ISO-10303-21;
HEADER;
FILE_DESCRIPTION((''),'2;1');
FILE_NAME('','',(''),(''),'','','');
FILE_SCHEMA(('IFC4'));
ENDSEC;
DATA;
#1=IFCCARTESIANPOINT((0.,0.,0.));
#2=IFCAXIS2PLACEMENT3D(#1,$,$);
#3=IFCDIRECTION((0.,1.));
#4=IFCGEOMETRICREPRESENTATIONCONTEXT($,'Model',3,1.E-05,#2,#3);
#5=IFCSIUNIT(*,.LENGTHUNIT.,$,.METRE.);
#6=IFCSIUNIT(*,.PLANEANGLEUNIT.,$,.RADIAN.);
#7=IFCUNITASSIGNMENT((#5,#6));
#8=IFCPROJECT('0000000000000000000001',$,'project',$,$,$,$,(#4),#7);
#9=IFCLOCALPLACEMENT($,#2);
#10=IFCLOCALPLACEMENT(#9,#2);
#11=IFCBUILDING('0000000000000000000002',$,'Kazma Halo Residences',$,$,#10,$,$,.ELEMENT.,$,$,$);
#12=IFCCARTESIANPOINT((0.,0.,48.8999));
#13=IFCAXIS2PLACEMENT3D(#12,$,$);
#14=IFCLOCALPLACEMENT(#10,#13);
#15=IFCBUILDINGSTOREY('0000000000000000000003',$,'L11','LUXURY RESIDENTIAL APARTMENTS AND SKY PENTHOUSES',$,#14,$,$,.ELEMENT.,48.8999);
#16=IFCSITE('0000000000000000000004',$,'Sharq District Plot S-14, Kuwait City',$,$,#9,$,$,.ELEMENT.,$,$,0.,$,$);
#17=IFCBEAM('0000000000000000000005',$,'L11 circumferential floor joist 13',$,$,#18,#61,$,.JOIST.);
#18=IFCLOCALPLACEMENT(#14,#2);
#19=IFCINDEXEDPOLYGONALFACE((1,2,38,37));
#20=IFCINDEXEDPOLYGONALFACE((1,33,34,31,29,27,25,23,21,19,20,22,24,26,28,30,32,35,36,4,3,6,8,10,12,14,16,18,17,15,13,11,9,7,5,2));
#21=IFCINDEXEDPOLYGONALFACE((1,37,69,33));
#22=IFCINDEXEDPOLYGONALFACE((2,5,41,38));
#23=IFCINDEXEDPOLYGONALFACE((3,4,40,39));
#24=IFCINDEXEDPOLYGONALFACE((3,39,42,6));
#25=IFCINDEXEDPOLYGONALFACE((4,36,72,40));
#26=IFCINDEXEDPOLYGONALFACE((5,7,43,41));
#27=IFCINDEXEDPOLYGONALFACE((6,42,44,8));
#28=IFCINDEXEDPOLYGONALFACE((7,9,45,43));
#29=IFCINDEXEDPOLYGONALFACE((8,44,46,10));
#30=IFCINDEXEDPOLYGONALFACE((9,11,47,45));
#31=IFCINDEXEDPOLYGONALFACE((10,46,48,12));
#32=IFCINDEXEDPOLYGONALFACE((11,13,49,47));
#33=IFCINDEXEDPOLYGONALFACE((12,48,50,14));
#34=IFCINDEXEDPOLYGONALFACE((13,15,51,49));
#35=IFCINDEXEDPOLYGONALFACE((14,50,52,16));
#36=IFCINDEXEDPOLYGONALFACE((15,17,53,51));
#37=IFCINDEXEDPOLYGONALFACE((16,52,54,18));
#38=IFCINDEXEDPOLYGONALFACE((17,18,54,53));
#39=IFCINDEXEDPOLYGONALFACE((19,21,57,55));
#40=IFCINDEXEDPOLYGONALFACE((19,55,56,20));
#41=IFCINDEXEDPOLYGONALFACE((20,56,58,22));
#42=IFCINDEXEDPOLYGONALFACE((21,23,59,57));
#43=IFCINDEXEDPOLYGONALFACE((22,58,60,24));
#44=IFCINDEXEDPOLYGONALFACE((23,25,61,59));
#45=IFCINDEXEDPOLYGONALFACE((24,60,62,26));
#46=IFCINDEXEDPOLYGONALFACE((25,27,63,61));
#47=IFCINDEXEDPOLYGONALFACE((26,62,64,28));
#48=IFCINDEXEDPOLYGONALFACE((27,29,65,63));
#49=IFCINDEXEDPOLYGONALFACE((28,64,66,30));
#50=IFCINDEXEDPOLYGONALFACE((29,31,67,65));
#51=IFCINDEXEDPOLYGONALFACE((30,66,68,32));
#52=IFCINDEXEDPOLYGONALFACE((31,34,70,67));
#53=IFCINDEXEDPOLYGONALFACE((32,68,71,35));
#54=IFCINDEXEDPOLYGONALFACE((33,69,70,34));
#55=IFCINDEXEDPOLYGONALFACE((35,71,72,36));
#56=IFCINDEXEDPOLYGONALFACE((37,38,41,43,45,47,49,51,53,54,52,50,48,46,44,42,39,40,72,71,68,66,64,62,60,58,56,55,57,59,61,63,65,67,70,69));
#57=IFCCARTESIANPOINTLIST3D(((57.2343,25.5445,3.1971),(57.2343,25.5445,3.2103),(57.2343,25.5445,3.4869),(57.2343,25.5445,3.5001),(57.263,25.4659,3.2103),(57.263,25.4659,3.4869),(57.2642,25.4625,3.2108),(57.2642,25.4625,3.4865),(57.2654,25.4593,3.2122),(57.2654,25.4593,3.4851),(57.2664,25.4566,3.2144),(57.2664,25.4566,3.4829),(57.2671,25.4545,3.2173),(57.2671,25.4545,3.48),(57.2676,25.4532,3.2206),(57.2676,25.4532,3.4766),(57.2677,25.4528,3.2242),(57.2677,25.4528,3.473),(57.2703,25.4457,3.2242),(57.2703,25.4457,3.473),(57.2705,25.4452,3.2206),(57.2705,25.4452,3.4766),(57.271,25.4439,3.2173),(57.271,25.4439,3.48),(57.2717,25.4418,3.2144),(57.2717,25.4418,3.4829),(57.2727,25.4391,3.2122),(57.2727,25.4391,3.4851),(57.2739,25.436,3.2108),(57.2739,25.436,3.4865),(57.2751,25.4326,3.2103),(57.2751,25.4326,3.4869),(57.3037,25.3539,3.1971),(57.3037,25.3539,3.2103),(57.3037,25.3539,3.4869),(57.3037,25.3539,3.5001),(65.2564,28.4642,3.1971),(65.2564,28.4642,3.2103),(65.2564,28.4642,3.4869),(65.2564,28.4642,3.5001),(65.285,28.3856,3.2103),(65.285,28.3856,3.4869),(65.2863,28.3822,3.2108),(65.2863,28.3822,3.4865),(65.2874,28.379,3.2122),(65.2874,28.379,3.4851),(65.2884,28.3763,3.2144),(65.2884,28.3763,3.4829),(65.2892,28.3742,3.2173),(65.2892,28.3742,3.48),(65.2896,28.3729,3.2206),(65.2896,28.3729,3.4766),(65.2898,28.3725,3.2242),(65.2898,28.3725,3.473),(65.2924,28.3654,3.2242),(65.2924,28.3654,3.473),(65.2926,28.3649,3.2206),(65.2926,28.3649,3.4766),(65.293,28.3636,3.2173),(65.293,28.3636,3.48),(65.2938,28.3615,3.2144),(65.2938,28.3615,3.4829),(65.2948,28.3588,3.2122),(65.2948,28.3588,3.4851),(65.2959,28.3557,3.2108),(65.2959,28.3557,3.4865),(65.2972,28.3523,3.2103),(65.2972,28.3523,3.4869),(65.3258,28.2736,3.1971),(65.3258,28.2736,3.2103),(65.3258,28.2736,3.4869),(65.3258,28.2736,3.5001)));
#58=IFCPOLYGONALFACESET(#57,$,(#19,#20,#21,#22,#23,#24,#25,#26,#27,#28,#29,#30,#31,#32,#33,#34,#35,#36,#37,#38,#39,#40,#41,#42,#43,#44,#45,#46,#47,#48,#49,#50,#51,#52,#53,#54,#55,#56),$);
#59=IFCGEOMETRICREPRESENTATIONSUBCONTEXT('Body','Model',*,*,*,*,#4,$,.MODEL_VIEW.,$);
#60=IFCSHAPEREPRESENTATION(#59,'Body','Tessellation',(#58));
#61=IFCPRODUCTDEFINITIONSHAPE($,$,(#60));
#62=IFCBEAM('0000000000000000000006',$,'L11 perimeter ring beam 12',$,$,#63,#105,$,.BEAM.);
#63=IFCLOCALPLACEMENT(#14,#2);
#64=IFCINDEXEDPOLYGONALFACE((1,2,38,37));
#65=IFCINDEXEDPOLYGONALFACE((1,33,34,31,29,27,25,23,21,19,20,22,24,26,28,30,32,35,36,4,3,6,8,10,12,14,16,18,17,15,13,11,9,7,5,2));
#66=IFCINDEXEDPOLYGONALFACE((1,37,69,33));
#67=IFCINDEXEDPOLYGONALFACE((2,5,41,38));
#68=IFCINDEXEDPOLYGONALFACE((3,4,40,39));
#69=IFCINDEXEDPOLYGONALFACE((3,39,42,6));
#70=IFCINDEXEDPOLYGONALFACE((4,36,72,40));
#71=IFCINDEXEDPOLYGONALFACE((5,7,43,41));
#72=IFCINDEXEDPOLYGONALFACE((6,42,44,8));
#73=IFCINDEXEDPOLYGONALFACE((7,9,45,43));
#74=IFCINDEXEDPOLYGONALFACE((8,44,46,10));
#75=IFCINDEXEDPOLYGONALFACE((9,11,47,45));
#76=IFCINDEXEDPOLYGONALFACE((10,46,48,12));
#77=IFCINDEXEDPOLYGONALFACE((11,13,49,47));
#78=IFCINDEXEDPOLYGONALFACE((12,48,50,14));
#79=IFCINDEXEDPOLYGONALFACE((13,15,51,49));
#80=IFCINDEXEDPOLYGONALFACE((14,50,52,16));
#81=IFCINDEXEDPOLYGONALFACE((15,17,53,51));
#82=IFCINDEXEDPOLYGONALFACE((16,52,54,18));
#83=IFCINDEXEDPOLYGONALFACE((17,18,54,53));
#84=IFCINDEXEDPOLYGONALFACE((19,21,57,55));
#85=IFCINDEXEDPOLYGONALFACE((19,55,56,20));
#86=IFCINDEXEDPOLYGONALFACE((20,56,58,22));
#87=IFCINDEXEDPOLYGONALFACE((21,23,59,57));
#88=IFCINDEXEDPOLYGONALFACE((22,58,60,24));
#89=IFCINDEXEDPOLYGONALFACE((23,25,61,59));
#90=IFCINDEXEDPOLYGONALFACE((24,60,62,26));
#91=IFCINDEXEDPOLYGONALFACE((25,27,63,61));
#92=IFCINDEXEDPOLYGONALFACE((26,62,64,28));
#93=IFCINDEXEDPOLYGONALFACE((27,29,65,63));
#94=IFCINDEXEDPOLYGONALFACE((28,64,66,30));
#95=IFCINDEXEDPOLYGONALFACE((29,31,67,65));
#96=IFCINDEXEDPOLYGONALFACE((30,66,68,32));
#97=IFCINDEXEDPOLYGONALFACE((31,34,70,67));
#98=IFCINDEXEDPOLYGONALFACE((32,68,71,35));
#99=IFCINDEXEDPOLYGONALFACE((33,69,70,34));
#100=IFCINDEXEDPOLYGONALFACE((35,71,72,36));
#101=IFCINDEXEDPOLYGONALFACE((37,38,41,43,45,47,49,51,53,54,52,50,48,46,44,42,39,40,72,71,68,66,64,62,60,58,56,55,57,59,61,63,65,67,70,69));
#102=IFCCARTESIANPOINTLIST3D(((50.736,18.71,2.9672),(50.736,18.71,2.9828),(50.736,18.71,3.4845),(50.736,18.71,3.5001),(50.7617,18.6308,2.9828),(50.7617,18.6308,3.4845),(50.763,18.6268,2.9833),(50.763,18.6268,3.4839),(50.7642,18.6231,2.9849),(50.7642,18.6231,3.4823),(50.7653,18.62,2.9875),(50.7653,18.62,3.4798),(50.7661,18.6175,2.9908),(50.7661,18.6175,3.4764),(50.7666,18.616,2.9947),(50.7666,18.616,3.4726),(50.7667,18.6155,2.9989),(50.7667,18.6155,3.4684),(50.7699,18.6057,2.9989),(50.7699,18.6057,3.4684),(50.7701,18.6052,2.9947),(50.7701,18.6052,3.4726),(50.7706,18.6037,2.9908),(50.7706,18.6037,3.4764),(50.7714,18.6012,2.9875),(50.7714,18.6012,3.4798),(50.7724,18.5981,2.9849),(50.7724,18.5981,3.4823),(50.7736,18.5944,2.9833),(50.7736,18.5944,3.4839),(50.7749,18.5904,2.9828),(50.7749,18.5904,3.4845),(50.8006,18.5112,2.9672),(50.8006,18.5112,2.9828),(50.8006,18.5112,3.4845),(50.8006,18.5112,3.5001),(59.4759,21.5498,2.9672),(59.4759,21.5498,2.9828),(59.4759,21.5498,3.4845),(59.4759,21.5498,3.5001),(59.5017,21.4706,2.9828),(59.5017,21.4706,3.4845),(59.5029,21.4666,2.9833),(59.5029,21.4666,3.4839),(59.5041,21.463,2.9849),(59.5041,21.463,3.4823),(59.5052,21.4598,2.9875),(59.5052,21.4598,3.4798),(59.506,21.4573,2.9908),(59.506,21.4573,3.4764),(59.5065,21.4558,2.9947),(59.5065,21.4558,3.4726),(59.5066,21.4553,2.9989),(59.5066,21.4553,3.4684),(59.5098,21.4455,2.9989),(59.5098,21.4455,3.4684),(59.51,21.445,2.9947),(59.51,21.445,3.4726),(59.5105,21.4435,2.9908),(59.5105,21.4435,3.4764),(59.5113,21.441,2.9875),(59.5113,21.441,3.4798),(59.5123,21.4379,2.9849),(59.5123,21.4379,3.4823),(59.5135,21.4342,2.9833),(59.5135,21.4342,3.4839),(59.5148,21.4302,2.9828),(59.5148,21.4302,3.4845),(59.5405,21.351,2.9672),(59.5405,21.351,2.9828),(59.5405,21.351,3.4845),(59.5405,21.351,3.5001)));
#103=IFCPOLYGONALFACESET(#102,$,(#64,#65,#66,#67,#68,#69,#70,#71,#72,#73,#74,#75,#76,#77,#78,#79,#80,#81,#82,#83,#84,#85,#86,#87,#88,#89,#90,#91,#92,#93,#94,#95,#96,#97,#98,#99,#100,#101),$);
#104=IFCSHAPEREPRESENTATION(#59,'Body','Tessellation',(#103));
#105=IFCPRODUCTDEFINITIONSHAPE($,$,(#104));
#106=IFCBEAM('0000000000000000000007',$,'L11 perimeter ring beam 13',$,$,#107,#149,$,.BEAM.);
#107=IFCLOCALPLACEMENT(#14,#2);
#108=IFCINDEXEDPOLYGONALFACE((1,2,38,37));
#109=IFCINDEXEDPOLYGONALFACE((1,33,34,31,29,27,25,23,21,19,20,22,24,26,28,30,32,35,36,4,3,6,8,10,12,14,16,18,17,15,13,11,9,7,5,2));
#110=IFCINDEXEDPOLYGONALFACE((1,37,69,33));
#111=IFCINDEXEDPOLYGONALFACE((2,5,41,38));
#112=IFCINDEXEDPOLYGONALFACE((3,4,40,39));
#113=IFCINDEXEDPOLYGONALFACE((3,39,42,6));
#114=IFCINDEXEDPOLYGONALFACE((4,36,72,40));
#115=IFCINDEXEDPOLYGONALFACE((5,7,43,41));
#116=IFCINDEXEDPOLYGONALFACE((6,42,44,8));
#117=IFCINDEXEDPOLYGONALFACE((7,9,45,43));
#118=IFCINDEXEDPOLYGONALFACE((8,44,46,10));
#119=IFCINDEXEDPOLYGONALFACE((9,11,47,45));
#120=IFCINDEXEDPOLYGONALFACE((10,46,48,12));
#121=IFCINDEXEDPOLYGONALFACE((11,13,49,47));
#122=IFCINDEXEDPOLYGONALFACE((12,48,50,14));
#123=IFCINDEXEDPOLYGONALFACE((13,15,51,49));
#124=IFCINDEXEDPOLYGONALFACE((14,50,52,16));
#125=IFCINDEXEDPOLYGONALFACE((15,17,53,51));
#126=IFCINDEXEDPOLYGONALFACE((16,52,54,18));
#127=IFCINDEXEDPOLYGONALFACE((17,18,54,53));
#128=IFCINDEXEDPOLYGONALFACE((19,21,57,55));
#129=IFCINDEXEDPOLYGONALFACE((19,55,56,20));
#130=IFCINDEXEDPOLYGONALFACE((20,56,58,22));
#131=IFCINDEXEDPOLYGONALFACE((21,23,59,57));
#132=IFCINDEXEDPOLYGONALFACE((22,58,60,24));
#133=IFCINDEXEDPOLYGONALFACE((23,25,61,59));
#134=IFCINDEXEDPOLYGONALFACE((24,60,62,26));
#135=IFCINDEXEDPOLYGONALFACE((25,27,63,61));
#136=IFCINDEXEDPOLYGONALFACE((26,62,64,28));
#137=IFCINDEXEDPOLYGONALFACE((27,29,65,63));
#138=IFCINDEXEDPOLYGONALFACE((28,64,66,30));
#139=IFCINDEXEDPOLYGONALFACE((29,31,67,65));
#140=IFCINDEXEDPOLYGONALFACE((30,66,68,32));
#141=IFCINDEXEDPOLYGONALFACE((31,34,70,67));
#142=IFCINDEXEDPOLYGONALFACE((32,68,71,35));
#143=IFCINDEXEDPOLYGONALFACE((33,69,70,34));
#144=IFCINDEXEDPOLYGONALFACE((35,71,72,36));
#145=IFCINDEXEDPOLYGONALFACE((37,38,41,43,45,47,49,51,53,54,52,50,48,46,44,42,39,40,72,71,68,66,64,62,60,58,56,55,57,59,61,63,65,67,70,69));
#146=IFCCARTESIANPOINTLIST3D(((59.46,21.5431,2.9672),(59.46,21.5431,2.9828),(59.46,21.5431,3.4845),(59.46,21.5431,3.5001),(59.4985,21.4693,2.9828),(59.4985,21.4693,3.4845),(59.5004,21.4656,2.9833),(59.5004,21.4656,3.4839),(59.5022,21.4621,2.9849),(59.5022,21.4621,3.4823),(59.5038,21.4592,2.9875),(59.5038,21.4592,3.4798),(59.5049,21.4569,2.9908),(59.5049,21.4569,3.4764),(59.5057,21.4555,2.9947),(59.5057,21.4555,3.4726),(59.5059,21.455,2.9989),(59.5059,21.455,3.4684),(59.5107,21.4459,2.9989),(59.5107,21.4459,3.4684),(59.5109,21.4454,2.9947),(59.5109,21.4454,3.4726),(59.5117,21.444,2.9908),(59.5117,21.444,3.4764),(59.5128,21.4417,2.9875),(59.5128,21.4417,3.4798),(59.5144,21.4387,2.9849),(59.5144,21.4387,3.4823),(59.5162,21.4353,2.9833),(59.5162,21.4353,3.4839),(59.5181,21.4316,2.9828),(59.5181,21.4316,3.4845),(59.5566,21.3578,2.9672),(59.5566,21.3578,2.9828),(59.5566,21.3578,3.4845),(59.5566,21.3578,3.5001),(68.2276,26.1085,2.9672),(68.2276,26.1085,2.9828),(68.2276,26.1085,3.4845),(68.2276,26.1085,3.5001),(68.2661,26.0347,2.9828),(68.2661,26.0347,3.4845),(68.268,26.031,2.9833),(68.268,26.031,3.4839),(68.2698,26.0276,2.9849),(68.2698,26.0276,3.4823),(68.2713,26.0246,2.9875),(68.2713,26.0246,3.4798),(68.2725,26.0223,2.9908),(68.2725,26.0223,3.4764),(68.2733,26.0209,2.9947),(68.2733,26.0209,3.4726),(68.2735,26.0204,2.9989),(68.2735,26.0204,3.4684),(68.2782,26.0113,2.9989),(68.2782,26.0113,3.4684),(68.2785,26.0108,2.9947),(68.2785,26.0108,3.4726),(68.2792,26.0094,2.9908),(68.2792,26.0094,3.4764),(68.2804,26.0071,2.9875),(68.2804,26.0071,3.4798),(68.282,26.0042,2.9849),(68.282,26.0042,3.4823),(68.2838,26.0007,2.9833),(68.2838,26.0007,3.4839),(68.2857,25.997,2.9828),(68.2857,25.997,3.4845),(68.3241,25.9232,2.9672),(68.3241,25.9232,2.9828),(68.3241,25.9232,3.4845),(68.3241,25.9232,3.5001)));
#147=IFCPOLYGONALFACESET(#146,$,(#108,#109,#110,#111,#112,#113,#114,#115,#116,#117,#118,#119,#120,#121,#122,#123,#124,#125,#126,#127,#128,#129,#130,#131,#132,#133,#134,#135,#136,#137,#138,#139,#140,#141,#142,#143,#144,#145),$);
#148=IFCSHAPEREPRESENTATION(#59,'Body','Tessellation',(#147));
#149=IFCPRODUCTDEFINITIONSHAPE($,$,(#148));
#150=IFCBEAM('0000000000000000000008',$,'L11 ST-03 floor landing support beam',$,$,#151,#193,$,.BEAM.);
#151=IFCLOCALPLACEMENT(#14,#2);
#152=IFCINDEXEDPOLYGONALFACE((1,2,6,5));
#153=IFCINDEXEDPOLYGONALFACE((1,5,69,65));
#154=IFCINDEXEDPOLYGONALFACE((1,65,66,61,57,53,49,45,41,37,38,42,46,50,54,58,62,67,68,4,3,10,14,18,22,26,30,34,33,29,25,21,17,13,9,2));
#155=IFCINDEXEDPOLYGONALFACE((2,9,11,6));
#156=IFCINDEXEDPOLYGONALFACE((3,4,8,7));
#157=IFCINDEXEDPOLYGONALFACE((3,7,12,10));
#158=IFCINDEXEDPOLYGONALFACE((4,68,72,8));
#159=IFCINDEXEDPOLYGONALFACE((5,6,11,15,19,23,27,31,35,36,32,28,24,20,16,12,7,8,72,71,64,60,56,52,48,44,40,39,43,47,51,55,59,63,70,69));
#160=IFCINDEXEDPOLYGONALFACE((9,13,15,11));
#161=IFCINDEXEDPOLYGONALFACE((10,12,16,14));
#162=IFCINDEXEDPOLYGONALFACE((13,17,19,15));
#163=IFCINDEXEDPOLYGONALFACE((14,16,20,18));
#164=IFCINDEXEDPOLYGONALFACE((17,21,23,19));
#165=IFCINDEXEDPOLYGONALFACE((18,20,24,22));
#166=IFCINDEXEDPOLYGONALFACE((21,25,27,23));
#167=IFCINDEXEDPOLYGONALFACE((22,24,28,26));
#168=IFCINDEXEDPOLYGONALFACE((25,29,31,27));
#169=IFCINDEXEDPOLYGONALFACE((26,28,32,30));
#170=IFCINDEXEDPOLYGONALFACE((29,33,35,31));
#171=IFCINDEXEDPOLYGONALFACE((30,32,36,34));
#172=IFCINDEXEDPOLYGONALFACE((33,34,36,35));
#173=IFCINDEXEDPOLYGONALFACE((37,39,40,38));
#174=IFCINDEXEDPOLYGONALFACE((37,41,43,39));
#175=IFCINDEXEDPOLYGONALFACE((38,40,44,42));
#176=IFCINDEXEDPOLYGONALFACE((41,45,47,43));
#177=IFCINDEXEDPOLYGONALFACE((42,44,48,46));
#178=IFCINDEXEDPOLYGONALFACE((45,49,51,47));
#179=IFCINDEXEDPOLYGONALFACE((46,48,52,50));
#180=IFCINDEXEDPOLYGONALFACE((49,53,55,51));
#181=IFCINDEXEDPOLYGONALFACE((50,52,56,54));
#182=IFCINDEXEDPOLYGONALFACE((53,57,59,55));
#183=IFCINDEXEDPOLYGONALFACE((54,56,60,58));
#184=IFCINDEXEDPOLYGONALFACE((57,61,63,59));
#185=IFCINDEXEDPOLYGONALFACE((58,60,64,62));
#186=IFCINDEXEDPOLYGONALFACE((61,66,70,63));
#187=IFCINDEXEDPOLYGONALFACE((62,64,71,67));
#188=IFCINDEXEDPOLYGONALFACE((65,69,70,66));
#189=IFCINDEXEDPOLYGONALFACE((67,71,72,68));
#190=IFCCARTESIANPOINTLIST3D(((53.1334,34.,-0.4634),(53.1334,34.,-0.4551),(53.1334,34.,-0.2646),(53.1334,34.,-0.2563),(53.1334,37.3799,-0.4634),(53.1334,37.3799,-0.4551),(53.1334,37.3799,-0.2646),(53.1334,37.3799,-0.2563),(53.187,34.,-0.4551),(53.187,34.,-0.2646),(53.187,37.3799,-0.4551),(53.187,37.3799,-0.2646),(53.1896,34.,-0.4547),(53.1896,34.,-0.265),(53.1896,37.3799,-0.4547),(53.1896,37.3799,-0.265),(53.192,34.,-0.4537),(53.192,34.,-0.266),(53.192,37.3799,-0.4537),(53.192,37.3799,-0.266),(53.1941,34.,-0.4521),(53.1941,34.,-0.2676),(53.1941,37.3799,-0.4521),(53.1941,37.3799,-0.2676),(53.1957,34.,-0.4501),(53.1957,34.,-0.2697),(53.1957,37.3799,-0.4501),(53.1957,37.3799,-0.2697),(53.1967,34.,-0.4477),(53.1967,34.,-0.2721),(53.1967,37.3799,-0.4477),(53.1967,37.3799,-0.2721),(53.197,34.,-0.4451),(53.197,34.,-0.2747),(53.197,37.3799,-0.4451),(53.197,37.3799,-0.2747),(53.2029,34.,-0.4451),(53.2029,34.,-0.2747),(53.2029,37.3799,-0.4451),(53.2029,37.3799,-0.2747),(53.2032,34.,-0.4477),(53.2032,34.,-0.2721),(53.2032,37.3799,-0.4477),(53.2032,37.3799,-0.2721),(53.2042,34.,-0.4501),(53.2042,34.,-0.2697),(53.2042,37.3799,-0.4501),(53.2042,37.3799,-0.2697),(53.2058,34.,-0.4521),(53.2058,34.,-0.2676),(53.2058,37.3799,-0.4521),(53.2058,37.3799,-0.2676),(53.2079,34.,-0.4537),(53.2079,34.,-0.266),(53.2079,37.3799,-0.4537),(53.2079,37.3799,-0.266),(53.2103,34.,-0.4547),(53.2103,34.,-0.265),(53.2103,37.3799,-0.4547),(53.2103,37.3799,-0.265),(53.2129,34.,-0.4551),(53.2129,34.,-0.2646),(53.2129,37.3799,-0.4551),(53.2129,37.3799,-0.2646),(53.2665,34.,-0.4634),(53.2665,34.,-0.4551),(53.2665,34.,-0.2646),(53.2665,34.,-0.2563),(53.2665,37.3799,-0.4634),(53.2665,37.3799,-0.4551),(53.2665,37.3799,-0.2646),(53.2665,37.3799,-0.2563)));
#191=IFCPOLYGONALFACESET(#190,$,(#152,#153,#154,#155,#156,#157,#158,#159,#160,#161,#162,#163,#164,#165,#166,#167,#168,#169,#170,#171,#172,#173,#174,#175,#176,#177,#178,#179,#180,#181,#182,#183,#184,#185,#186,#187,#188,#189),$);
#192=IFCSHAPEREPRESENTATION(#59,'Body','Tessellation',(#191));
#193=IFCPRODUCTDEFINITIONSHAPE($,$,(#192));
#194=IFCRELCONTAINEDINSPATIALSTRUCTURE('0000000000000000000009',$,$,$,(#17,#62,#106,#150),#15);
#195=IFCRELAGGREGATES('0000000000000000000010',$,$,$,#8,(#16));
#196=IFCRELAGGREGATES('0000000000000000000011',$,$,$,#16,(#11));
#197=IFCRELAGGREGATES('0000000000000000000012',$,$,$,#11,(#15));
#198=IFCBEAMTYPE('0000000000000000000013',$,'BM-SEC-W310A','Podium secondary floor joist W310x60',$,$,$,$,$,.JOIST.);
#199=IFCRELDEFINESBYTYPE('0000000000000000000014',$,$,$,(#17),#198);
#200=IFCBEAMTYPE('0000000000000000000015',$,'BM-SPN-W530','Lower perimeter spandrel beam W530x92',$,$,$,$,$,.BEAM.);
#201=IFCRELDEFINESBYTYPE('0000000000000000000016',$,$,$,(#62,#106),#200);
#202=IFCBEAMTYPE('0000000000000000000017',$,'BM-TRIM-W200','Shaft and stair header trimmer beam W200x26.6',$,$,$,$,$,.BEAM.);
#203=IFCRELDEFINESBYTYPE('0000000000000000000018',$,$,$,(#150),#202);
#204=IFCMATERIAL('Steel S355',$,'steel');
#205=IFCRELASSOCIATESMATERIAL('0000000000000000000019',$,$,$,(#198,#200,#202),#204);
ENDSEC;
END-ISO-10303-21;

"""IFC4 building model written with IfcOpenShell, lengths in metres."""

from ifc_helpers import new_model, si_unit, direction, frame, origin, origin_2d, place, context, subcontext, project, spatial, i_section, extrude, material, material_profile, profile_set, type_object, element, save


model = new_model("IFC4")

# Units and contexts
model_context = context("Model", 3, precision=1e-05, world=origin(), true_north=direction((0.0, 1.0)))
body_context = subcontext(model_context, "Body", "Model", "MODEL_VIEW")
ifc_project = project(units=[si_unit("LENGTHUNIT", "METRE"), si_unit("PLANEANGLEUNIT", "RADIAN")], contexts=[model_context])

# Site, building, storey
site_placement = place(None, origin())
site = spatial("IfcSite", under=ifc_project, at=site_placement, Name="Sharq District Plot S-14, Kuwait City", CompositionType="ELEMENT", RefElevation=0.0)
building_placement = place(site_placement, origin())
building = spatial("IfcBuilding", under=site, at=building_placement, Name="Kazma Halo Residences", CompositionType="ELEMENT")
storey_placement = place(building_placement, frame((0.0, 0.0, 48.8999)))
storey = spatial("IfcBuildingStorey", under=building, at=storey_placement, Name="L11", Description="LUXURY RESIDENTIAL APARTMENTS AND SKY PENTHOUSES", CompositionType="ELEMENT", Elevation=48.8999)

# Beams
ifc_material_1 = material(Name="Steel S355", Category="steel")
ifc_material_profile_1 = material_profile(ifc_material_1, i_section(OverallWidth=0.2029, OverallDepth=0.303, WebThickness=0.0076, FlangeThickness=0.0132, FilletRadius=0.0139, at=origin_2d()), Name="W310x60")
ifc_profile_set_1 = profile_set([ifc_material_profile_1], Name="Steel S355")
beam_type_1 = type_object("IfcBeamType", Name="BM-SEC-W310A", Description="Podium secondary floor joist W310x60", PredefinedType="JOIST", material=ifc_profile_set_1)
beam_1_placement = place(storey_placement, frame((57.269, 25.4492, 3.3486), z_axis=(0.939696, 0.342012, 0.0), x_axis=(-0.342012, 0.939696, 0.0)))
element("IfcBeam", 1, at=beam_1_placement, inside=storey, type_object=beam_type_1, Name="L11 circumferential floor joist 13", PredefinedType="JOIST", context=body_context, shape_type="SweptSolid", body=[
    extrude(i_section(OverallWidth=0.2029, OverallDepth=0.303, WebThickness=0.0076, FlangeThickness=0.0132, FilletRadius=0.0139, at=origin_2d()), origin(), (0.0, 0.0, 1.0), 8.5369),
])
ifc_material_profile_2 = material_profile(ifc_material_1, i_section(OverallWidth=0.209, OverallDepth=0.533, WebThickness=0.0103, FlangeThickness=0.0156, FilletRadius=0.0161, at=origin_2d()), Name="W530x92")
ifc_profile_set_2 = profile_set([ifc_material_profile_2], Name="Steel S355")
beam_type_2 = type_object("IfcBeamType", Name="BM-SPN-W530", Description="Lower perimeter spandrel beam W530x92", PredefinedType="BEAM", material=ifc_profile_set_2)
beam_2_placement = place(storey_placement, frame((50.7683, 18.6106, 3.2336), z_axis=(0.951055, 0.309022, 0.0), x_axis=(-0.309022, 0.951055, 0.0)))
element("IfcBeam", 2, at=beam_2_placement, inside=storey, type_object=beam_type_2, Name="L11 perimeter ring beam 12", PredefinedType="BEAM", context=body_context, shape_type="SweptSolid", body=[
    extrude(i_section(OverallWidth=0.209, OverallDepth=0.533, WebThickness=0.0103, FlangeThickness=0.0156, FilletRadius=0.0161, at=origin_2d()), origin(), (0.0, 0.0, 1.0), 9.1897),
])
beam_3_placement = place(storey_placement, frame((59.5083, 21.4504, 3.2336), z_axis=(0.886956, 0.461853, 0.0), x_axis=(-0.461853, 0.886956, 0.0)))
element("IfcBeam", 3, at=beam_3_placement, inside=storey, type_object=beam_type_2, Name="L11 perimeter ring beam 13", PredefinedType="BEAM", context=body_context, shape_type="SweptSolid", body=[
    extrude(i_section(OverallWidth=0.209, OverallDepth=0.533, WebThickness=0.0103, FlangeThickness=0.0156, FilletRadius=0.0161, at=origin_2d()), origin(), (0.0, 0.0, 1.0), 9.885),
])
ifc_material_profile_3 = material_profile(ifc_material_1, i_section(OverallWidth=0.1331, OverallDepth=0.207, WebThickness=0.0059, FlangeThickness=0.0083, FilletRadius=0.01, at=origin_2d()), Name="W200x26.6")
ifc_profile_set_3 = profile_set([ifc_material_profile_3], Name="Steel S355")
beam_type_3 = type_object("IfcBeamType", Name="BM-TRIM-W200", Description="Shaft and stair header trimmer beam W200x26.6", PredefinedType="BEAM", material=ifc_profile_set_3)
beam_4_placement = place(storey_placement, frame((53.2, 34.0, -0.3599), z_axis=(0.0, 1.0, 0.0), x_axis=(-1.0, 0.0, 0.0)))
element("IfcBeam", 4, at=beam_4_placement, inside=storey, type_object=beam_type_3, Name="L11 ST-03 floor landing support beam", PredefinedType="BEAM", context=body_context, shape_type="SweptSolid", body=[
    extrude(i_section(OverallWidth=0.1331, OverallDepth=0.207, WebThickness=0.0059, FlangeThickness=0.0083, FilletRadius=0.01, at=origin_2d()), origin(), (0.0, 0.0, 1.0), 3.3799),
])

save(model, "model.ifc")
